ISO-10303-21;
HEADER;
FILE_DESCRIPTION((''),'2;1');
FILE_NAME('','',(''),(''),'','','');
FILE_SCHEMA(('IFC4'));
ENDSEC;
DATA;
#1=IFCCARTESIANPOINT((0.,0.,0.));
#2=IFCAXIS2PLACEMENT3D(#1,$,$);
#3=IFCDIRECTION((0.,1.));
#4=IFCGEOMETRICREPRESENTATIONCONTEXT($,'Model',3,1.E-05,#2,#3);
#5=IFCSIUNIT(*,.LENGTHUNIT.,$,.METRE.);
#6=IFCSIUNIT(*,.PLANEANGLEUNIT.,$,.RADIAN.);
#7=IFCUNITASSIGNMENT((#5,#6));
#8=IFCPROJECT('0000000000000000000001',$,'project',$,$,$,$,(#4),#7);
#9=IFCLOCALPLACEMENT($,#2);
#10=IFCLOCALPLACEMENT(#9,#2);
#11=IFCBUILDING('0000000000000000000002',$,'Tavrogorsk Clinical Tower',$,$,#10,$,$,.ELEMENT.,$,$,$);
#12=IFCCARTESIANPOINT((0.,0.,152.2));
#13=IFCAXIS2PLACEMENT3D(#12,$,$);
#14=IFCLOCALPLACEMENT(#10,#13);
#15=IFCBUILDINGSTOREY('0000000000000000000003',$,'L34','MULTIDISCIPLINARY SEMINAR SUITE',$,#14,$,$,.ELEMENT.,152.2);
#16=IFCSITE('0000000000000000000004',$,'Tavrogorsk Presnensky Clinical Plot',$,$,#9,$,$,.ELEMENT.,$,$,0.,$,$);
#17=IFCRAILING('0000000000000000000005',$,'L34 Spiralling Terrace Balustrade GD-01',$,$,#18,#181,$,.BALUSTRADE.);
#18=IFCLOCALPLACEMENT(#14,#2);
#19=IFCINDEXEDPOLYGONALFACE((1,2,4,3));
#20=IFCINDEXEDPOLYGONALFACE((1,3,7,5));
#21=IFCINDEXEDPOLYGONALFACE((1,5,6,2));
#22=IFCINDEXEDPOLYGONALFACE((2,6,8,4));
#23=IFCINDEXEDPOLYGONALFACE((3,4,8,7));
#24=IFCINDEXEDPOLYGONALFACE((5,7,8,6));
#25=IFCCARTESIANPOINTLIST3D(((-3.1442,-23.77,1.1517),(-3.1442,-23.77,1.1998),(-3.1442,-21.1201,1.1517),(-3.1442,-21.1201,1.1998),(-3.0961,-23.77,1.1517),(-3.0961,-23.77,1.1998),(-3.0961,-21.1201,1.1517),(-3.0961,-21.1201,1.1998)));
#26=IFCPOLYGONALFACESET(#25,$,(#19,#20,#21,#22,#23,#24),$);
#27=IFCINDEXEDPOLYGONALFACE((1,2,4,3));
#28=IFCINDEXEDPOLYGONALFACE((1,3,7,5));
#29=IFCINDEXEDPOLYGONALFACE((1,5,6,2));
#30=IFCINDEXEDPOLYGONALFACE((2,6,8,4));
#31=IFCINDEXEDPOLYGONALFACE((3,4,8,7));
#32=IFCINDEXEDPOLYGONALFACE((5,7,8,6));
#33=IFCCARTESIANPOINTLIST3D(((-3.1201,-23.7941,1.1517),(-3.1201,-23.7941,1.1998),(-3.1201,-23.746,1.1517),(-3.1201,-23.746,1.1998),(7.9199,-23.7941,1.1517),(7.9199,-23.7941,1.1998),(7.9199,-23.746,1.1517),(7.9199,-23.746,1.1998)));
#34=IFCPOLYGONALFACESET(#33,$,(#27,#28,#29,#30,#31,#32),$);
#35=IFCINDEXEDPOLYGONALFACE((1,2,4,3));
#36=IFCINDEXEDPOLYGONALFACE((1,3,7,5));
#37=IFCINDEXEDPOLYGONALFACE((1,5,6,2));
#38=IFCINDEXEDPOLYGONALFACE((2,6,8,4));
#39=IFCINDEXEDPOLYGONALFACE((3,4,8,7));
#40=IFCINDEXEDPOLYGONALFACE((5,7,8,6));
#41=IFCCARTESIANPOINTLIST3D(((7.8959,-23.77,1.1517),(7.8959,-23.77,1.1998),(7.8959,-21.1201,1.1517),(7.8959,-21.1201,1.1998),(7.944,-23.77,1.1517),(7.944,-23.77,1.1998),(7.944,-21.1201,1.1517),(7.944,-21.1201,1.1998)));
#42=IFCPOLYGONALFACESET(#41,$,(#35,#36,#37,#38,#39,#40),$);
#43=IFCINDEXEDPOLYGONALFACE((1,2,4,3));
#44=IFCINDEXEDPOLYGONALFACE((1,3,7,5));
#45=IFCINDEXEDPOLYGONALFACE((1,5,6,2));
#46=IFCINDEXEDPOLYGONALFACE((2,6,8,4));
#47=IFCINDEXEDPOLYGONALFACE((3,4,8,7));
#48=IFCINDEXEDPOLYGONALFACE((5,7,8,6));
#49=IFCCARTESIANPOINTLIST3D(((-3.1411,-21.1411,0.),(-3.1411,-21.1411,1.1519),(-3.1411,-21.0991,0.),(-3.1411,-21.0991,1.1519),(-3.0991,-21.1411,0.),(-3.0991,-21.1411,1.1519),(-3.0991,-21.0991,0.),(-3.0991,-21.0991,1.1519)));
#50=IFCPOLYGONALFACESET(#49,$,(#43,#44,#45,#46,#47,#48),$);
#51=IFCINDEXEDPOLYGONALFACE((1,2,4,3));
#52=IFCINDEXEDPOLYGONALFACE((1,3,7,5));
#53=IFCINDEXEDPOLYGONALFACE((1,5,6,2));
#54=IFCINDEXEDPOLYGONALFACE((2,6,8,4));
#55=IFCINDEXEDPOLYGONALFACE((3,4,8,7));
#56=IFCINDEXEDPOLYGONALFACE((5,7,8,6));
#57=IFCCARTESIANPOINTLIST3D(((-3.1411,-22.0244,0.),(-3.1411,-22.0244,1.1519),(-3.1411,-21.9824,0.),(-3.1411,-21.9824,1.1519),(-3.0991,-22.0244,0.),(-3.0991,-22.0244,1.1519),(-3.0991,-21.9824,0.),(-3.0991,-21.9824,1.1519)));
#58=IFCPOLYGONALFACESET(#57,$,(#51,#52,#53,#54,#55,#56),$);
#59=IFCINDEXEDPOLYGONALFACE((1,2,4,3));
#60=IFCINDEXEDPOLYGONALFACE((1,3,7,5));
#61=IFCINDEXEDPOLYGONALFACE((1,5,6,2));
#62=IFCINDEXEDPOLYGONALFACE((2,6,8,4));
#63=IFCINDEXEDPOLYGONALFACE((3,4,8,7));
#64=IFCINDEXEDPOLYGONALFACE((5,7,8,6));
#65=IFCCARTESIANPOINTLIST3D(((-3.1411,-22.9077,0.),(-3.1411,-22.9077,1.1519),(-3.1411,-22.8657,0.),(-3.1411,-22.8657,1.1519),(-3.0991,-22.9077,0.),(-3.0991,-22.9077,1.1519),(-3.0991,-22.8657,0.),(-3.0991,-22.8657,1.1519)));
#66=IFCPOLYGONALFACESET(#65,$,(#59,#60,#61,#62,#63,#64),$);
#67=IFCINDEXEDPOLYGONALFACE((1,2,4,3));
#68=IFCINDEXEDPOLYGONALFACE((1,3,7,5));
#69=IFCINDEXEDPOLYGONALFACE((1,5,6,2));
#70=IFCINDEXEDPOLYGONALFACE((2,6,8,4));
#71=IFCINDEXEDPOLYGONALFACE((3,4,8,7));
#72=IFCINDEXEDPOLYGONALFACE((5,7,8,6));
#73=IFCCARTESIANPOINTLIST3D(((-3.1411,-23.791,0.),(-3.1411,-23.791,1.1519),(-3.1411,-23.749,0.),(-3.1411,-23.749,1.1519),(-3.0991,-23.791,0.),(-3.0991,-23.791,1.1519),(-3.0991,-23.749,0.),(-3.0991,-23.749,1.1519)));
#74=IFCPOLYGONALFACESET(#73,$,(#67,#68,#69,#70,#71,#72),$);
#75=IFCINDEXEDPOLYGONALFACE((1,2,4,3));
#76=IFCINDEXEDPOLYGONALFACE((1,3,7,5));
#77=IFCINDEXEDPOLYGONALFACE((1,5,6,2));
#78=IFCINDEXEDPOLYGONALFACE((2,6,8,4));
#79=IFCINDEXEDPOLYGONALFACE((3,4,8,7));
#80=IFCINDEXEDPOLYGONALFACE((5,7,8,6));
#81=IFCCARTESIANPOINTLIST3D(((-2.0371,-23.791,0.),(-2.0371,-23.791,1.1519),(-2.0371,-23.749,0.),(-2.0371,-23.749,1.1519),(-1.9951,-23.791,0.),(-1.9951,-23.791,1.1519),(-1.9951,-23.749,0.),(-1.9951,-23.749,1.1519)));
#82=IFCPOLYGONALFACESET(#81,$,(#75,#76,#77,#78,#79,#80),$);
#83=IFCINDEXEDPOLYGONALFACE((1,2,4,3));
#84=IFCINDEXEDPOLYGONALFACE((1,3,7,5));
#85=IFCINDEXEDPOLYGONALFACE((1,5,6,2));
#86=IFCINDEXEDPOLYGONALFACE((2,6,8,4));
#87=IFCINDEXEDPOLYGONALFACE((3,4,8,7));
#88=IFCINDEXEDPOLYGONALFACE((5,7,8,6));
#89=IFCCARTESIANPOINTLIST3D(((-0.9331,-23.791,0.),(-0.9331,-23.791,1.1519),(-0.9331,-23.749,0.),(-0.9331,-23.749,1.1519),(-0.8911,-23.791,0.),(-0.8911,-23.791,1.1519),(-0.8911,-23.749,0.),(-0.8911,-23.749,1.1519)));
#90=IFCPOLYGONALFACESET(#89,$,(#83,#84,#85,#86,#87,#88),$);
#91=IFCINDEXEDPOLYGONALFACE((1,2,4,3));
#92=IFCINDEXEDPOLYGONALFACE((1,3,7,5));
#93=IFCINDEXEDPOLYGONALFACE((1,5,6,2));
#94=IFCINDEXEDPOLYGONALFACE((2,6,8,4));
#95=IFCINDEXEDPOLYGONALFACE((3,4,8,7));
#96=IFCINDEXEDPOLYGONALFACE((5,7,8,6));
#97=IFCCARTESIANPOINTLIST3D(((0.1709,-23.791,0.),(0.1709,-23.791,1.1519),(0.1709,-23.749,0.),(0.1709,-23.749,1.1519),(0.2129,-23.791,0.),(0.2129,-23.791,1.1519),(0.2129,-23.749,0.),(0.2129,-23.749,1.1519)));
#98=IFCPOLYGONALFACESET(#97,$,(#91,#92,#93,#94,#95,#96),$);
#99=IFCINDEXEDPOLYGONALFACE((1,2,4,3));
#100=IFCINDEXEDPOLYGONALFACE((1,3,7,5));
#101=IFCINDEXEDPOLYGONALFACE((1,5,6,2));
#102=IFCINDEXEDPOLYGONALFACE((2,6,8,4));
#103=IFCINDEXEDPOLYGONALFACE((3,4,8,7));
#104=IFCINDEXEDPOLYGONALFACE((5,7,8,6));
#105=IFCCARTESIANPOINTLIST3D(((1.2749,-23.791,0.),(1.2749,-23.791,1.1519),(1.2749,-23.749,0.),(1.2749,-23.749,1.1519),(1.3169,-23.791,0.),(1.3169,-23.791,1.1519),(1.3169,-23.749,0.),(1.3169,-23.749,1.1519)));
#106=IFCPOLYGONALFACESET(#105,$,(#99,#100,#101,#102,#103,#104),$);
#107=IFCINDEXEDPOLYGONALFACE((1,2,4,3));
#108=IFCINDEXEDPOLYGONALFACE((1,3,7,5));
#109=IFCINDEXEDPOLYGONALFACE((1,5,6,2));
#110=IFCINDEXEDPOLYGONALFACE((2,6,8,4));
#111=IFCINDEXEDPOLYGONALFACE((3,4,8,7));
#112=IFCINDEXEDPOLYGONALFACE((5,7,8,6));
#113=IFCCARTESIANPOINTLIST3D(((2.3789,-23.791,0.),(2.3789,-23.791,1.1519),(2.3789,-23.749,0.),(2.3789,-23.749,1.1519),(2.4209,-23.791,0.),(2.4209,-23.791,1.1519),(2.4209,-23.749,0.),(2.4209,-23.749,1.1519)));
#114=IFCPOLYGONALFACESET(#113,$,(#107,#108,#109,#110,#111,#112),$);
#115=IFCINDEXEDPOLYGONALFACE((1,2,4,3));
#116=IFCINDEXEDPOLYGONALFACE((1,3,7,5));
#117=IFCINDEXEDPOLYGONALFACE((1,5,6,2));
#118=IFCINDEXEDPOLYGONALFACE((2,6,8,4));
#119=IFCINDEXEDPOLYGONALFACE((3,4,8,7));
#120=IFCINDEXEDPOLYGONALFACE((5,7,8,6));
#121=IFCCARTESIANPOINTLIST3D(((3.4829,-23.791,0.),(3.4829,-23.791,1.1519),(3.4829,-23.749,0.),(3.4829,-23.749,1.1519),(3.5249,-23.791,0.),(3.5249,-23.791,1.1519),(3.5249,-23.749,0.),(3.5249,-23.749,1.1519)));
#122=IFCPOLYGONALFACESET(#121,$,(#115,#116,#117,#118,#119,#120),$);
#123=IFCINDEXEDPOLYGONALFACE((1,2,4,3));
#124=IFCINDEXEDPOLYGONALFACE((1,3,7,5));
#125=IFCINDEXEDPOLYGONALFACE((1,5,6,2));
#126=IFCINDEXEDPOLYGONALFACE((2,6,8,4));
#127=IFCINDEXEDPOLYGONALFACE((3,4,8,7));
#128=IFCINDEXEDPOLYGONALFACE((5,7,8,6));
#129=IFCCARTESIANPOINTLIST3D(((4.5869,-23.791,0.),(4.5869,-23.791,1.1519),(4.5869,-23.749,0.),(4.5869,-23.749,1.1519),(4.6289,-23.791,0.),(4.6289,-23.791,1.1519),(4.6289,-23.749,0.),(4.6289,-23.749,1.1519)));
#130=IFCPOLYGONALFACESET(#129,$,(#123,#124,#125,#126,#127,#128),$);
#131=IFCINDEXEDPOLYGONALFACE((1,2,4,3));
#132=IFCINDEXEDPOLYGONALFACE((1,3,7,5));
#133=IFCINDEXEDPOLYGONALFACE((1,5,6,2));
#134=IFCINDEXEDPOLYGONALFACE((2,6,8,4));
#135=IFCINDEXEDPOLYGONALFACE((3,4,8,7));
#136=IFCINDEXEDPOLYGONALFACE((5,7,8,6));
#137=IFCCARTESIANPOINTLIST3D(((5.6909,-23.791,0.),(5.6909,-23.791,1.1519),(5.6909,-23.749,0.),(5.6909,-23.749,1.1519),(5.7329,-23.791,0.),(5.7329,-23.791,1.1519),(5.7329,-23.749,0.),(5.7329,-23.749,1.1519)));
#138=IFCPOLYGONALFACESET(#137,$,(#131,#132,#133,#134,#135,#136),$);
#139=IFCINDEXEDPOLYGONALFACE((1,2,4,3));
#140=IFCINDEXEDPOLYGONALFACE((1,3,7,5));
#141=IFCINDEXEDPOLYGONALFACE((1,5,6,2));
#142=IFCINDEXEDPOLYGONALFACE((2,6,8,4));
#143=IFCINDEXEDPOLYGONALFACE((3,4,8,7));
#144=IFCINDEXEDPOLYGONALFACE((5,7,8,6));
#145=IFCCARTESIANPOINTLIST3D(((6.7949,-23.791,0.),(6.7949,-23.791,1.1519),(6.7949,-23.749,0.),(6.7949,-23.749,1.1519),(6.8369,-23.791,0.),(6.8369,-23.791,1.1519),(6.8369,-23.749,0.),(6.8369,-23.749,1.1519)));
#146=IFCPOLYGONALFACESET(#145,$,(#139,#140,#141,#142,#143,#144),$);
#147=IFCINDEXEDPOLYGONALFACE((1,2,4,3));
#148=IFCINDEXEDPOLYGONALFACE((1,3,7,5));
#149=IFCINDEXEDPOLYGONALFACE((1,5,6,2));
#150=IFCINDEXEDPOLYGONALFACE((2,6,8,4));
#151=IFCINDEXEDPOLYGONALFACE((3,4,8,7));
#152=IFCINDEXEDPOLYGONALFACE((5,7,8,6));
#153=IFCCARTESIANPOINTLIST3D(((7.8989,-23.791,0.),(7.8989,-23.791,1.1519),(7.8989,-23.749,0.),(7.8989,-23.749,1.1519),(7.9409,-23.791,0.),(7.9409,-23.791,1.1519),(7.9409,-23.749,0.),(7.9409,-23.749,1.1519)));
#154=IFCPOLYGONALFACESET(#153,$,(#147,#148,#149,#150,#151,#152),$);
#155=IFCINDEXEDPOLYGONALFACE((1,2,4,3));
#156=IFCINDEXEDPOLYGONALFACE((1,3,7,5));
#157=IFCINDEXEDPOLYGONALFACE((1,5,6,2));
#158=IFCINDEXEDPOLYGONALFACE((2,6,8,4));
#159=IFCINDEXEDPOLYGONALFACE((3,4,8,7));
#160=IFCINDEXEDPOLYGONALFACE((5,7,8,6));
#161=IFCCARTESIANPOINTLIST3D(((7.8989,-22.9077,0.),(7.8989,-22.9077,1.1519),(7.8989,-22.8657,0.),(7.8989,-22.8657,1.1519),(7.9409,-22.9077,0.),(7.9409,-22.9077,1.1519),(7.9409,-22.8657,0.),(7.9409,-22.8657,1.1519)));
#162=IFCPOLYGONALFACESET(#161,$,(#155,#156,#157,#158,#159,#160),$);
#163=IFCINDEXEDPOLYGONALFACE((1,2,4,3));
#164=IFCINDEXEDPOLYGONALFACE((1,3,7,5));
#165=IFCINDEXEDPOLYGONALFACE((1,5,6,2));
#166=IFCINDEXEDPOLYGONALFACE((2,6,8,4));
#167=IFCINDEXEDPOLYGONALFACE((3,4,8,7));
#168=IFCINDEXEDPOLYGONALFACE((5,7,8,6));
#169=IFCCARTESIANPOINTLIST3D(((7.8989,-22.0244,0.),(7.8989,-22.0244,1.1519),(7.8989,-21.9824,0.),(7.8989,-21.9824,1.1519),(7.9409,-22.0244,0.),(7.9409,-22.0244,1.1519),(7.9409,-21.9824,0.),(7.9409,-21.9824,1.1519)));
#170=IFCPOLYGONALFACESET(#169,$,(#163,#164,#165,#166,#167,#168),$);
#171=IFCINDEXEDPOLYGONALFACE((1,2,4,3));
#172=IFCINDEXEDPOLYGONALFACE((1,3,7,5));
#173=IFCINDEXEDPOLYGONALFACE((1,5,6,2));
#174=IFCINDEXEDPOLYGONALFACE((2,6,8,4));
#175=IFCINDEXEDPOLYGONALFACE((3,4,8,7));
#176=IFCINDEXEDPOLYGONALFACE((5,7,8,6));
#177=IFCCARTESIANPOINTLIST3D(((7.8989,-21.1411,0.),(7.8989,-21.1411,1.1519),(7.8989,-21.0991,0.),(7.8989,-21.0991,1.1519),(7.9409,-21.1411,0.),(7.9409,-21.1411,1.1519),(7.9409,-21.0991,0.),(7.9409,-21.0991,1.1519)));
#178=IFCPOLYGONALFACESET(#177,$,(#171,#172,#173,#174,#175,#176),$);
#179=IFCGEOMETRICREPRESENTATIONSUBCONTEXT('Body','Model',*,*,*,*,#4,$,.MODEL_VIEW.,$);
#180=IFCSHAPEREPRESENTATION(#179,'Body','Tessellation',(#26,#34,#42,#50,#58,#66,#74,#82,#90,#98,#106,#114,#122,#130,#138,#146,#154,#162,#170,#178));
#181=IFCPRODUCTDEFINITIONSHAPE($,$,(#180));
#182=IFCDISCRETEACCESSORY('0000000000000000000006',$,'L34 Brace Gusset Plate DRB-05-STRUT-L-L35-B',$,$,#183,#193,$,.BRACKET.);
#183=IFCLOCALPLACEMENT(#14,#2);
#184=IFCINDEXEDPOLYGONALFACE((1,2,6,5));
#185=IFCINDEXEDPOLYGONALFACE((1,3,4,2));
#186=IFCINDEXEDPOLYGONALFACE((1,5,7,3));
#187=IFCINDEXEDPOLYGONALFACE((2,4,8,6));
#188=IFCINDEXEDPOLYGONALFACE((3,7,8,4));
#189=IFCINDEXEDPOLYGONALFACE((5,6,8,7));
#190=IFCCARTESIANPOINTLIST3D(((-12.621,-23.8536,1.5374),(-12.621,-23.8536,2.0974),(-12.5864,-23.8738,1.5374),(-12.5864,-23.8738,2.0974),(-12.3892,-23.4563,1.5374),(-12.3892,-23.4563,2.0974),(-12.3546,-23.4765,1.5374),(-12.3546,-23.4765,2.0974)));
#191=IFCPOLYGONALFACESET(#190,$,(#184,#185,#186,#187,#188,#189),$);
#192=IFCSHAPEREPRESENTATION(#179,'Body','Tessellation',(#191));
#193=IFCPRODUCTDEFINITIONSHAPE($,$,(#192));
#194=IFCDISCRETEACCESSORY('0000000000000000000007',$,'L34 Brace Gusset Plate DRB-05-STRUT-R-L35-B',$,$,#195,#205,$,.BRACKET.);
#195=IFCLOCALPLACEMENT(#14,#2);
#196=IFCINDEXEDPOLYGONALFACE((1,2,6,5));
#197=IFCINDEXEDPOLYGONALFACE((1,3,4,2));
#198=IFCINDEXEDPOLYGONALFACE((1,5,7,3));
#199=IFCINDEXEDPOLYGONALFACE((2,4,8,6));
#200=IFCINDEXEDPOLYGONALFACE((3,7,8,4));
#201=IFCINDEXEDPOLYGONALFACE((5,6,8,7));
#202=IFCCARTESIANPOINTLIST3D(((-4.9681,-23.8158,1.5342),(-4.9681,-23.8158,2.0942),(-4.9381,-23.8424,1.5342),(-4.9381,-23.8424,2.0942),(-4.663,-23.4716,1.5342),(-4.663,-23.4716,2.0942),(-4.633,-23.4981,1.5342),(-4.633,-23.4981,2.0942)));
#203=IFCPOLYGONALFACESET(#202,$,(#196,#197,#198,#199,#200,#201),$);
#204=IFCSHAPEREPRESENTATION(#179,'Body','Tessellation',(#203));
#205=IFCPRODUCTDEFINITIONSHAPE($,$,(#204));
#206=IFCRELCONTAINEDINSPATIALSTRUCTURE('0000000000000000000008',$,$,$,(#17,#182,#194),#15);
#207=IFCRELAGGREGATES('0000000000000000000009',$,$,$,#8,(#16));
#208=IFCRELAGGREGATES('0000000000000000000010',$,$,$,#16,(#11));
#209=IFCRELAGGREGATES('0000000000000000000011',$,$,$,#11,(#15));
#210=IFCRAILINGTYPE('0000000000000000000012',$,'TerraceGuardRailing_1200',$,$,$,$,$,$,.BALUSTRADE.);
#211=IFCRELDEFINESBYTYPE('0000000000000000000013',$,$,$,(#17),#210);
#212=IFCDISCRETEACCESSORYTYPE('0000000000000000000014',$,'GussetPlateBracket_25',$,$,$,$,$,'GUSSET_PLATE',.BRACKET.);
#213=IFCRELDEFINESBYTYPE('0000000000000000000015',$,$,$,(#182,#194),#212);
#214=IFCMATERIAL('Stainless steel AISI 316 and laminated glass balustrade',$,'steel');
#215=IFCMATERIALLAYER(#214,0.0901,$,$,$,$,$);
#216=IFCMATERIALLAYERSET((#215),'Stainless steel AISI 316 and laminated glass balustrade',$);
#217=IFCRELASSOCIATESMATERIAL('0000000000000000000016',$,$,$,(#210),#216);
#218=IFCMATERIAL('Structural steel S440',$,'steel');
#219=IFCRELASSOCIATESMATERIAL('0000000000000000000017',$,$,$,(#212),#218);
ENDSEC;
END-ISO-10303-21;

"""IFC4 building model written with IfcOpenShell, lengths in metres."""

from ifc_helpers import new_model, si_unit, direction, frame, origin, origin_2d, place, context, subcontext, project, spatial, rectangle, extrude, material, layer, layer_set, type_object, element, save


model = new_model("IFC4")

# Units and contexts
model_context = context("Model", 3, precision=1e-05, world=origin(), true_north=direction((0.0, 1.0)))
body_context = subcontext(model_context, "Body", "Model", "MODEL_VIEW")
ifc_project = project(units=[si_unit("LENGTHUNIT", "METRE"), si_unit("PLANEANGLEUNIT", "RADIAN")], contexts=[model_context])

# Site, building, storey
site_placement = place(None, origin())
site = spatial("IfcSite", under=ifc_project, at=site_placement, Name="Tavrogorsk Presnensky Clinical Plot", CompositionType="ELEMENT", RefElevation=0.0)
building_placement = place(site_placement, origin())
building = spatial("IfcBuilding", under=site, at=building_placement, Name="Tavrogorsk Clinical Tower", CompositionType="ELEMENT")
storey_placement = place(building_placement, frame((0.0, 0.0, 152.2)))
storey = spatial("IfcBuildingStorey", under=building, at=storey_placement, Name="L34", Description="MULTIDISCIPLINARY SEMINAR SUITE", CompositionType="ELEMENT", Elevation=152.2)

# Railing
ifc_material_1 = material(Name="Stainless steel AISI 316 and laminated glass balustrade", Category="steel")
ifc_layer_1 = layer(ifc_material_1, 0.0901)
ifc_layer_set_1 = layer_set([ifc_layer_1], Name="Stainless steel AISI 316 and laminated glass balustrade")
railing_type = type_object("IfcRailingType", Name="TerraceGuardRailing_1200", PredefinedType="BALUSTRADE", material=ifc_layer_set_1)
railing_placement = place(storey_placement, frame((-3.1201, -21.1201, 0.0)))
element("IfcRailing", 1, at=railing_placement, inside=storey, type_object=railing_type, Name="L34 Spiralling Terrace Balustrade GD-01", PredefinedType="BALUSTRADE", context=body_context, shape_type="SweptSolid", body=[
    extrude(rectangle(XDim=0.0481, YDim=0.0481, at=origin_2d()), frame((0.0, 0.0, 1.1758), z_axis=(0.0, -1.0, 0.0), x_axis=(1.0, 0.0, 0.0)), (0.0, 0.0, 1.0), 2.6499),
    extrude(rectangle(XDim=0.0481, YDim=0.0481, at=origin_2d()), frame((0.0, -2.6499, 1.1758), z_axis=(1.0, 0.0, 0.0), x_axis=(0.0, 1.0, 0.0)), (0.0, 0.0, 1.0), 11.04),
    extrude(rectangle(XDim=0.0481, YDim=0.0481, at=origin_2d()), frame((11.04, -2.6499, 1.1758), z_axis=(0.0, 1.0, 0.0), x_axis=(-1.0, 0.0, 0.0)), (0.0, 0.0, 1.0), 2.6499),
    extrude(rectangle(XDim=0.042, YDim=0.042, at=origin_2d()), origin(), (0.0, 0.0, 1.0), 1.1519),
    extrude(rectangle(XDim=0.042, YDim=0.042, at=origin_2d()), frame((0.0, -0.8833, 0.0)), (0.0, 0.0, 1.0), 1.1519),
    extrude(rectangle(XDim=0.042, YDim=0.042, at=origin_2d()), frame((0.0, -1.7666, 0.0)), (0.0, 0.0, 1.0), 1.1519),
    extrude(rectangle(XDim=0.042, YDim=0.042, at=origin_2d()), frame((0.0, -2.6499, 0.0)), (0.0, 0.0, 1.0), 1.1519),
    extrude(rectangle(XDim=0.042, YDim=0.042, at=origin_2d()), frame((1.104, -2.6499, 0.0)), (0.0, 0.0, 1.0), 1.1519),
    extrude(rectangle(XDim=0.042, YDim=0.042, at=origin_2d()), frame((2.208, -2.6499, 0.0)), (0.0, 0.0, 1.0), 1.1519),
    extrude(rectangle(XDim=0.042, YDim=0.042, at=origin_2d()), frame((3.312, -2.6499, 0.0)), (0.0, 0.0, 1.0), 1.1519),
    extrude(rectangle(XDim=0.042, YDim=0.042, at=origin_2d()), frame((4.416, -2.6499, 0.0)), (0.0, 0.0, 1.0), 1.1519),
    extrude(rectangle(XDim=0.042, YDim=0.042, at=origin_2d()), frame((5.52, -2.6499, 0.0)), (0.0, 0.0, 1.0), 1.1519),
    extrude(rectangle(XDim=0.042, YDim=0.042, at=origin_2d()), frame((6.624, -2.6499, 0.0)), (0.0, 0.0, 1.0), 1.1519),
    extrude(rectangle(XDim=0.042, YDim=0.042, at=origin_2d()), frame((7.728, -2.6499, 0.0)), (0.0, 0.0, 1.0), 1.1519),
    extrude(rectangle(XDim=0.042, YDim=0.042, at=origin_2d()), frame((8.832, -2.6499, 0.0)), (0.0, 0.0, 1.0), 1.1519),
    extrude(rectangle(XDim=0.042, YDim=0.042, at=origin_2d()), frame((9.936, -2.6499, 0.0)), (0.0, 0.0, 1.0), 1.1519),
    extrude(rectangle(XDim=0.042, YDim=0.042, at=origin_2d()), frame((11.04, -2.6499, 0.0)), (0.0, 0.0, 1.0), 1.1519),
    extrude(rectangle(XDim=0.042, YDim=0.042, at=origin_2d()), frame((11.04, -1.7666, 0.0)), (0.0, 0.0, 1.0), 1.1519),
    extrude(rectangle(XDim=0.042, YDim=0.042, at=origin_2d()), frame((11.04, -0.8833, 0.0)), (0.0, 0.0, 1.0), 1.1519),
    extrude(rectangle(XDim=0.042, YDim=0.042, at=origin_2d()), frame((11.04, 0.0, 0.0)), (0.0, 0.0, 1.0), 1.1519),
])

# Discrete accessories
ifc_material_2 = material(Name="Structural steel S440", Category="steel")
discrete_accessory_type = type_object("IfcDiscreteAccessoryType", Name="GussetPlateBracket_25", ElementType="GUSSET_PLATE", PredefinedType="BRACKET", material=ifc_material_2)
for number, where, z_axis, x_axis, name in (
    (2, (-12.4878, -23.665, 1.5374), (0.0, 0.0, 1.0), (-0.504075, -0.86366, 0.0), "L34 Brace Gusset Plate DRB-05-STRUT-L-L35-B"),
    (3, (-4.8005, -23.657, 1.5342), (0.0, 0.0, 1.0), (-0.663273, -0.748377, 0.0), "L34 Brace Gusset Plate DRB-05-STRUT-R-L35-B"),
):
    element("IfcDiscreteAccessory", number, at=place(storey_placement, frame(where, z_axis=z_axis, x_axis=x_axis)), inside=storey, type_object=discrete_accessory_type, Name=name, PredefinedType="BRACKET", context=body_context, shape_type="SweptSolid", body=[
        extrude(rectangle(XDim=0.46, YDim=0.04, at=origin_2d()), origin(), (0.0, 0.0, 1.0), 0.5601),
    ])

save(model, "model.ifc")
